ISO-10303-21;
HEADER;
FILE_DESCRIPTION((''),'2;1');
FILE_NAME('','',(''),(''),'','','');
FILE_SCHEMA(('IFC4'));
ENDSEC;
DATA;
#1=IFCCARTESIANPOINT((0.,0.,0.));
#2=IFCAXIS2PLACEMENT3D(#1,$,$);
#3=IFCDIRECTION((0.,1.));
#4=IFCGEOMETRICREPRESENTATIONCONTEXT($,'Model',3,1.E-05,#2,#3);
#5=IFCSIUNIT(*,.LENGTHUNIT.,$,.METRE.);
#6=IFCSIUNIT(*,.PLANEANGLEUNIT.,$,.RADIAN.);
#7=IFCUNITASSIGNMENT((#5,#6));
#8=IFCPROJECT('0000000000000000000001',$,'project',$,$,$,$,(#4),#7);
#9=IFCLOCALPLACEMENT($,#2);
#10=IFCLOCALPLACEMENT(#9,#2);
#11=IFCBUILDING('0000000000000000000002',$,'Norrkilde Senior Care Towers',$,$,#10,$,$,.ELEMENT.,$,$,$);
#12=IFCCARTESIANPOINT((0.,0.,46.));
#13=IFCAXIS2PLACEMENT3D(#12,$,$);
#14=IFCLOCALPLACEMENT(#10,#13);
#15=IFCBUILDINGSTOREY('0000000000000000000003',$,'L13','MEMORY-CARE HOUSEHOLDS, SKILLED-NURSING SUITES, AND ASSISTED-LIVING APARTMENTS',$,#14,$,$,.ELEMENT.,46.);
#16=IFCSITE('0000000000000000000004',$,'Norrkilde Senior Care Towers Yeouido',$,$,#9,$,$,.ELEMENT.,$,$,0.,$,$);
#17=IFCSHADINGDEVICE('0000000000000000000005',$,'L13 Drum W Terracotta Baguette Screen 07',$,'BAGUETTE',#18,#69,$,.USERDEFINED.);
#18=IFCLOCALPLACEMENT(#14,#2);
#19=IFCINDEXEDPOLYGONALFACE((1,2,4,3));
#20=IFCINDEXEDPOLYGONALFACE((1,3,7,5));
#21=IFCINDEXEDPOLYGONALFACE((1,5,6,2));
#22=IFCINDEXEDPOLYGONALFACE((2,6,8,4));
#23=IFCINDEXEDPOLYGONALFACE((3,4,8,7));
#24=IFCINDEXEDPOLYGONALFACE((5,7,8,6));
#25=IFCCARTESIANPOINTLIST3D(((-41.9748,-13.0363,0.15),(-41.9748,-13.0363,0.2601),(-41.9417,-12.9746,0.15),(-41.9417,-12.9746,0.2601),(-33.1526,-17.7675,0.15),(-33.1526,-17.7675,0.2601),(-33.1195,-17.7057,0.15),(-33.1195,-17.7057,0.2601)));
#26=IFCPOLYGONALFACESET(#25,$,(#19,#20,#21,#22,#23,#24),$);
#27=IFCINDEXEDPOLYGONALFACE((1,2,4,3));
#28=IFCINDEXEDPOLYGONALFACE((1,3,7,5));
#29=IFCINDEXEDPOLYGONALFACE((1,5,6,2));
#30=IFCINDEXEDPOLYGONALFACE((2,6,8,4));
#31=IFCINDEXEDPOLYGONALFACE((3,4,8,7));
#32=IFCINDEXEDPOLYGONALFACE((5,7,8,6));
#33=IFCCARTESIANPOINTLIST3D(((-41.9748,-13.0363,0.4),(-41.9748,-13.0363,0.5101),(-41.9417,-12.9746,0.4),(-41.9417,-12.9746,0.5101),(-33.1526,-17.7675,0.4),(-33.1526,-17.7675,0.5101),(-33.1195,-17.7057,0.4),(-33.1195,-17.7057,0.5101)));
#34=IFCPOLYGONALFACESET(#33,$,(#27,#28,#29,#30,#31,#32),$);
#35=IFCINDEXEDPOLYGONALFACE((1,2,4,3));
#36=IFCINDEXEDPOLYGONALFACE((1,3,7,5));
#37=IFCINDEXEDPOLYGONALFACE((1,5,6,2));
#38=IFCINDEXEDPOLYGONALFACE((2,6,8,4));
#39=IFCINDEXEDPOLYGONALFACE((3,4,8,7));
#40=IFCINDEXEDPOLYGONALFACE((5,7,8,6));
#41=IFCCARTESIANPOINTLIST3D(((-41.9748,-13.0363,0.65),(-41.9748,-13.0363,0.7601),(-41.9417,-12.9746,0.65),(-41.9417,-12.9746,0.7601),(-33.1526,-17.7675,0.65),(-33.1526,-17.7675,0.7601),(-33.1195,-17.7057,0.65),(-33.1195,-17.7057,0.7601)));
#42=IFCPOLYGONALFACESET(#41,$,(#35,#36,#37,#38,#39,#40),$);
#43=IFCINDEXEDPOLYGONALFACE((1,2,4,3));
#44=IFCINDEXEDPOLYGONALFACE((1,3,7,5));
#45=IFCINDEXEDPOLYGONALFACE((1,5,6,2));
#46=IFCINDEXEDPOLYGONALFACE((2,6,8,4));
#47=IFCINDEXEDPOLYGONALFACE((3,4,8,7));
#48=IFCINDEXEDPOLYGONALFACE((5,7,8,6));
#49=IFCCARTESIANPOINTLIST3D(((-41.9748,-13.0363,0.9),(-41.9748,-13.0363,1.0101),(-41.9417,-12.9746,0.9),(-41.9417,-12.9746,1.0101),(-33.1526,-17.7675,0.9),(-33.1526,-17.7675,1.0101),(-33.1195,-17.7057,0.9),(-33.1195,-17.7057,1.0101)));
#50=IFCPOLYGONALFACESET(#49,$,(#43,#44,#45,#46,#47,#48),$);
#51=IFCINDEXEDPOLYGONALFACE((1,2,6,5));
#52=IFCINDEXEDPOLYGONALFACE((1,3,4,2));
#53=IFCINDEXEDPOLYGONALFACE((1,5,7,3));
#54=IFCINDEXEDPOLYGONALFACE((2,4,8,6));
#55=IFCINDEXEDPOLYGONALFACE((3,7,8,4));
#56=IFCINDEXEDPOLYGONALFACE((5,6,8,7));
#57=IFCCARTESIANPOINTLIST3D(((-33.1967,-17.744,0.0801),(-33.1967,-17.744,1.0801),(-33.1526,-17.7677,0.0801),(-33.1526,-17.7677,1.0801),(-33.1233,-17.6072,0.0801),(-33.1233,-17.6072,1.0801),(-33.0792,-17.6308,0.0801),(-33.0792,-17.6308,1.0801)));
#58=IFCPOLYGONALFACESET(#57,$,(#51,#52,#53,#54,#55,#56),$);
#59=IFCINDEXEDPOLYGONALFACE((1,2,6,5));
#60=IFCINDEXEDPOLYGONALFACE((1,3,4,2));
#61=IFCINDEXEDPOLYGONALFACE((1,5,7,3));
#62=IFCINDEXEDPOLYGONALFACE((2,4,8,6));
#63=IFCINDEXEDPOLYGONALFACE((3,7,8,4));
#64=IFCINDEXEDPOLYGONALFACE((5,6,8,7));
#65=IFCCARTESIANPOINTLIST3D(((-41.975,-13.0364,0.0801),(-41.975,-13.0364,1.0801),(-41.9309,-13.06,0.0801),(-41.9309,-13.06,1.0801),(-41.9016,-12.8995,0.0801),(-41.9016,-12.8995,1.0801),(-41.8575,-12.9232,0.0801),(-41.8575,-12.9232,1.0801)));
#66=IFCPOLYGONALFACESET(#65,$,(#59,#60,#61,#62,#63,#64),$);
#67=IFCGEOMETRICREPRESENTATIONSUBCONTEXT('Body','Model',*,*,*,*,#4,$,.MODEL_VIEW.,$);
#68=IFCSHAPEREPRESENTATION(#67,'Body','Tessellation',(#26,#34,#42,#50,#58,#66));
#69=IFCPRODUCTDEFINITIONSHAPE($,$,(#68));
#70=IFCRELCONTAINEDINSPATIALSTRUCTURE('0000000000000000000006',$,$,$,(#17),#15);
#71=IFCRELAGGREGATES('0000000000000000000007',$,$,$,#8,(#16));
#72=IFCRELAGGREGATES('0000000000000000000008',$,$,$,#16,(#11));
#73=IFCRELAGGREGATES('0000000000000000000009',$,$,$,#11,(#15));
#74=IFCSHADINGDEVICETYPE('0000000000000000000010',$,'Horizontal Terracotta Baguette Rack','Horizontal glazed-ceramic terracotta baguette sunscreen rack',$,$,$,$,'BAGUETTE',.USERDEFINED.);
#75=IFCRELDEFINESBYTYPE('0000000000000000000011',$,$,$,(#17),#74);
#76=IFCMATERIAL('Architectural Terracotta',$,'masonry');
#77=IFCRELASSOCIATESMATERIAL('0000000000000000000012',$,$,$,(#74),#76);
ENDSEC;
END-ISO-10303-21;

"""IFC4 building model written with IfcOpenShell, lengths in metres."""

from ifc_helpers import new_model, si_unit, direction, frame, origin, origin_2d, place, context, subcontext, project, spatial, rectangle, extrude, source, transform, mapped, material, type_object, type_shapes, element, save


model = new_model("IFC4")

# Units and contexts
model_context = context("Model", 3, precision=1e-05, world=origin(), true_north=direction((0.0, 1.0)))
body_context = subcontext(model_context, "Body", "Model", "MODEL_VIEW")
ifc_project = project(units=[si_unit("LENGTHUNIT", "METRE"), si_unit("PLANEANGLEUNIT", "RADIAN")], contexts=[model_context])

# Site, building, storey
site_placement = place(None, origin())
site = spatial("IfcSite", under=ifc_project, at=site_placement, Name="Norrkilde Senior Care Towers Yeouido", CompositionType="ELEMENT", RefElevation=0.0)
building_placement = place(site_placement, origin())
building = spatial("IfcBuilding", under=site, at=building_placement, Name="Norrkilde Senior Care Towers", CompositionType="ELEMENT")
storey_placement = place(building_placement, frame((0.0, 0.0, 46.0)))
storey = spatial("IfcBuildingStorey", under=building, at=storey_placement, Name="L13", Description="MEMORY-CARE HOUSEHOLDS, SKILLED-NURSING SUITES, AND ASSISTED-LIVING APARTMENTS", CompositionType="ELEMENT", Elevation=46.0)

# Shading device
ifc_material_1 = material(Name="Architectural Terracotta", Category="masonry")
shading_device_type = type_object("IfcShadingDeviceType", Name="Horizontal Terracotta Baguette Rack", Description="Horizontal glazed-ceramic terracotta baguette sunscreen rack", ElementType="BAGUETTE", PredefinedType="USERDEFINED", material=ifc_material_1)
shared_shape_1 = source(origin(), body_context, "Body", "SweptSolid", [
    extrude(rectangle(XDim=0.0701, YDim=0.1101, at=origin_2d()), frame((0.0, 0.0901, 0.125), z_axis=(1.0, 0.0, 0.0), x_axis=(0.0, 1.0, 0.0)), (0.0, 0.0, 1.0), 10.0107),
    extrude(rectangle(XDim=0.0701, YDim=0.1101, at=origin_2d()), frame((0.0, 0.0901, 0.375), z_axis=(1.0, 0.0, 0.0), x_axis=(0.0, 1.0, 0.0)), (0.0, 0.0, 1.0), 10.0107),
    extrude(rectangle(XDim=0.0701, YDim=0.1101, at=origin_2d()), frame((0.0, 0.0901, 0.625), z_axis=(1.0, 0.0, 0.0), x_axis=(0.0, 1.0, 0.0)), (0.0, 0.0, 1.0), 10.0107),
    extrude(rectangle(XDim=0.0701, YDim=0.1101, at=origin_2d()), frame((0.0, 0.0901, 0.875), z_axis=(1.0, 0.0, 0.0), x_axis=(0.0, 1.0, 0.0)), (0.0, 0.0, 1.0), 10.0107),
    extrude(rectangle(XDim=0.05, YDim=0.1553, at=origin_2d()), frame((0.0249, 0.0476, 0.0)), (0.0, 0.0, 1.0), 1.0),
    extrude(rectangle(XDim=0.05, YDim=0.1553, at=origin_2d()), frame((9.9858, 0.0476, 0.0)), (0.0, 0.0, 1.0), 1.0),
])
type_shapes(shading_device_type, [shared_shape_1])
shading_device_placement = place(storey_placement, frame((-33.0935, -17.6572, 0.0801), z_axis=(0.0, 0.0, 1.0), x_axis=(-0.88128, 0.472612, 0.0)))
element("IfcShadingDevice", 1, at=shading_device_placement, inside=storey, type_object=shading_device_type, Name="L13 Drum W Terracotta Baguette Screen 07", ObjectType="BAGUETTE", PredefinedType="USERDEFINED", context=body_context, shape_type="MappedRepresentation", body=[
    mapped(shared_shape_1, transform((0.0, 0.0, 0.0), x_axis=(1.0, 0.0, 0.0), y_axis=(0.0, 1.0, 0.0), z_axis=(0.0, 0.0, 1.0), scale=1.0)),
])

save(model, "model.ifc")
